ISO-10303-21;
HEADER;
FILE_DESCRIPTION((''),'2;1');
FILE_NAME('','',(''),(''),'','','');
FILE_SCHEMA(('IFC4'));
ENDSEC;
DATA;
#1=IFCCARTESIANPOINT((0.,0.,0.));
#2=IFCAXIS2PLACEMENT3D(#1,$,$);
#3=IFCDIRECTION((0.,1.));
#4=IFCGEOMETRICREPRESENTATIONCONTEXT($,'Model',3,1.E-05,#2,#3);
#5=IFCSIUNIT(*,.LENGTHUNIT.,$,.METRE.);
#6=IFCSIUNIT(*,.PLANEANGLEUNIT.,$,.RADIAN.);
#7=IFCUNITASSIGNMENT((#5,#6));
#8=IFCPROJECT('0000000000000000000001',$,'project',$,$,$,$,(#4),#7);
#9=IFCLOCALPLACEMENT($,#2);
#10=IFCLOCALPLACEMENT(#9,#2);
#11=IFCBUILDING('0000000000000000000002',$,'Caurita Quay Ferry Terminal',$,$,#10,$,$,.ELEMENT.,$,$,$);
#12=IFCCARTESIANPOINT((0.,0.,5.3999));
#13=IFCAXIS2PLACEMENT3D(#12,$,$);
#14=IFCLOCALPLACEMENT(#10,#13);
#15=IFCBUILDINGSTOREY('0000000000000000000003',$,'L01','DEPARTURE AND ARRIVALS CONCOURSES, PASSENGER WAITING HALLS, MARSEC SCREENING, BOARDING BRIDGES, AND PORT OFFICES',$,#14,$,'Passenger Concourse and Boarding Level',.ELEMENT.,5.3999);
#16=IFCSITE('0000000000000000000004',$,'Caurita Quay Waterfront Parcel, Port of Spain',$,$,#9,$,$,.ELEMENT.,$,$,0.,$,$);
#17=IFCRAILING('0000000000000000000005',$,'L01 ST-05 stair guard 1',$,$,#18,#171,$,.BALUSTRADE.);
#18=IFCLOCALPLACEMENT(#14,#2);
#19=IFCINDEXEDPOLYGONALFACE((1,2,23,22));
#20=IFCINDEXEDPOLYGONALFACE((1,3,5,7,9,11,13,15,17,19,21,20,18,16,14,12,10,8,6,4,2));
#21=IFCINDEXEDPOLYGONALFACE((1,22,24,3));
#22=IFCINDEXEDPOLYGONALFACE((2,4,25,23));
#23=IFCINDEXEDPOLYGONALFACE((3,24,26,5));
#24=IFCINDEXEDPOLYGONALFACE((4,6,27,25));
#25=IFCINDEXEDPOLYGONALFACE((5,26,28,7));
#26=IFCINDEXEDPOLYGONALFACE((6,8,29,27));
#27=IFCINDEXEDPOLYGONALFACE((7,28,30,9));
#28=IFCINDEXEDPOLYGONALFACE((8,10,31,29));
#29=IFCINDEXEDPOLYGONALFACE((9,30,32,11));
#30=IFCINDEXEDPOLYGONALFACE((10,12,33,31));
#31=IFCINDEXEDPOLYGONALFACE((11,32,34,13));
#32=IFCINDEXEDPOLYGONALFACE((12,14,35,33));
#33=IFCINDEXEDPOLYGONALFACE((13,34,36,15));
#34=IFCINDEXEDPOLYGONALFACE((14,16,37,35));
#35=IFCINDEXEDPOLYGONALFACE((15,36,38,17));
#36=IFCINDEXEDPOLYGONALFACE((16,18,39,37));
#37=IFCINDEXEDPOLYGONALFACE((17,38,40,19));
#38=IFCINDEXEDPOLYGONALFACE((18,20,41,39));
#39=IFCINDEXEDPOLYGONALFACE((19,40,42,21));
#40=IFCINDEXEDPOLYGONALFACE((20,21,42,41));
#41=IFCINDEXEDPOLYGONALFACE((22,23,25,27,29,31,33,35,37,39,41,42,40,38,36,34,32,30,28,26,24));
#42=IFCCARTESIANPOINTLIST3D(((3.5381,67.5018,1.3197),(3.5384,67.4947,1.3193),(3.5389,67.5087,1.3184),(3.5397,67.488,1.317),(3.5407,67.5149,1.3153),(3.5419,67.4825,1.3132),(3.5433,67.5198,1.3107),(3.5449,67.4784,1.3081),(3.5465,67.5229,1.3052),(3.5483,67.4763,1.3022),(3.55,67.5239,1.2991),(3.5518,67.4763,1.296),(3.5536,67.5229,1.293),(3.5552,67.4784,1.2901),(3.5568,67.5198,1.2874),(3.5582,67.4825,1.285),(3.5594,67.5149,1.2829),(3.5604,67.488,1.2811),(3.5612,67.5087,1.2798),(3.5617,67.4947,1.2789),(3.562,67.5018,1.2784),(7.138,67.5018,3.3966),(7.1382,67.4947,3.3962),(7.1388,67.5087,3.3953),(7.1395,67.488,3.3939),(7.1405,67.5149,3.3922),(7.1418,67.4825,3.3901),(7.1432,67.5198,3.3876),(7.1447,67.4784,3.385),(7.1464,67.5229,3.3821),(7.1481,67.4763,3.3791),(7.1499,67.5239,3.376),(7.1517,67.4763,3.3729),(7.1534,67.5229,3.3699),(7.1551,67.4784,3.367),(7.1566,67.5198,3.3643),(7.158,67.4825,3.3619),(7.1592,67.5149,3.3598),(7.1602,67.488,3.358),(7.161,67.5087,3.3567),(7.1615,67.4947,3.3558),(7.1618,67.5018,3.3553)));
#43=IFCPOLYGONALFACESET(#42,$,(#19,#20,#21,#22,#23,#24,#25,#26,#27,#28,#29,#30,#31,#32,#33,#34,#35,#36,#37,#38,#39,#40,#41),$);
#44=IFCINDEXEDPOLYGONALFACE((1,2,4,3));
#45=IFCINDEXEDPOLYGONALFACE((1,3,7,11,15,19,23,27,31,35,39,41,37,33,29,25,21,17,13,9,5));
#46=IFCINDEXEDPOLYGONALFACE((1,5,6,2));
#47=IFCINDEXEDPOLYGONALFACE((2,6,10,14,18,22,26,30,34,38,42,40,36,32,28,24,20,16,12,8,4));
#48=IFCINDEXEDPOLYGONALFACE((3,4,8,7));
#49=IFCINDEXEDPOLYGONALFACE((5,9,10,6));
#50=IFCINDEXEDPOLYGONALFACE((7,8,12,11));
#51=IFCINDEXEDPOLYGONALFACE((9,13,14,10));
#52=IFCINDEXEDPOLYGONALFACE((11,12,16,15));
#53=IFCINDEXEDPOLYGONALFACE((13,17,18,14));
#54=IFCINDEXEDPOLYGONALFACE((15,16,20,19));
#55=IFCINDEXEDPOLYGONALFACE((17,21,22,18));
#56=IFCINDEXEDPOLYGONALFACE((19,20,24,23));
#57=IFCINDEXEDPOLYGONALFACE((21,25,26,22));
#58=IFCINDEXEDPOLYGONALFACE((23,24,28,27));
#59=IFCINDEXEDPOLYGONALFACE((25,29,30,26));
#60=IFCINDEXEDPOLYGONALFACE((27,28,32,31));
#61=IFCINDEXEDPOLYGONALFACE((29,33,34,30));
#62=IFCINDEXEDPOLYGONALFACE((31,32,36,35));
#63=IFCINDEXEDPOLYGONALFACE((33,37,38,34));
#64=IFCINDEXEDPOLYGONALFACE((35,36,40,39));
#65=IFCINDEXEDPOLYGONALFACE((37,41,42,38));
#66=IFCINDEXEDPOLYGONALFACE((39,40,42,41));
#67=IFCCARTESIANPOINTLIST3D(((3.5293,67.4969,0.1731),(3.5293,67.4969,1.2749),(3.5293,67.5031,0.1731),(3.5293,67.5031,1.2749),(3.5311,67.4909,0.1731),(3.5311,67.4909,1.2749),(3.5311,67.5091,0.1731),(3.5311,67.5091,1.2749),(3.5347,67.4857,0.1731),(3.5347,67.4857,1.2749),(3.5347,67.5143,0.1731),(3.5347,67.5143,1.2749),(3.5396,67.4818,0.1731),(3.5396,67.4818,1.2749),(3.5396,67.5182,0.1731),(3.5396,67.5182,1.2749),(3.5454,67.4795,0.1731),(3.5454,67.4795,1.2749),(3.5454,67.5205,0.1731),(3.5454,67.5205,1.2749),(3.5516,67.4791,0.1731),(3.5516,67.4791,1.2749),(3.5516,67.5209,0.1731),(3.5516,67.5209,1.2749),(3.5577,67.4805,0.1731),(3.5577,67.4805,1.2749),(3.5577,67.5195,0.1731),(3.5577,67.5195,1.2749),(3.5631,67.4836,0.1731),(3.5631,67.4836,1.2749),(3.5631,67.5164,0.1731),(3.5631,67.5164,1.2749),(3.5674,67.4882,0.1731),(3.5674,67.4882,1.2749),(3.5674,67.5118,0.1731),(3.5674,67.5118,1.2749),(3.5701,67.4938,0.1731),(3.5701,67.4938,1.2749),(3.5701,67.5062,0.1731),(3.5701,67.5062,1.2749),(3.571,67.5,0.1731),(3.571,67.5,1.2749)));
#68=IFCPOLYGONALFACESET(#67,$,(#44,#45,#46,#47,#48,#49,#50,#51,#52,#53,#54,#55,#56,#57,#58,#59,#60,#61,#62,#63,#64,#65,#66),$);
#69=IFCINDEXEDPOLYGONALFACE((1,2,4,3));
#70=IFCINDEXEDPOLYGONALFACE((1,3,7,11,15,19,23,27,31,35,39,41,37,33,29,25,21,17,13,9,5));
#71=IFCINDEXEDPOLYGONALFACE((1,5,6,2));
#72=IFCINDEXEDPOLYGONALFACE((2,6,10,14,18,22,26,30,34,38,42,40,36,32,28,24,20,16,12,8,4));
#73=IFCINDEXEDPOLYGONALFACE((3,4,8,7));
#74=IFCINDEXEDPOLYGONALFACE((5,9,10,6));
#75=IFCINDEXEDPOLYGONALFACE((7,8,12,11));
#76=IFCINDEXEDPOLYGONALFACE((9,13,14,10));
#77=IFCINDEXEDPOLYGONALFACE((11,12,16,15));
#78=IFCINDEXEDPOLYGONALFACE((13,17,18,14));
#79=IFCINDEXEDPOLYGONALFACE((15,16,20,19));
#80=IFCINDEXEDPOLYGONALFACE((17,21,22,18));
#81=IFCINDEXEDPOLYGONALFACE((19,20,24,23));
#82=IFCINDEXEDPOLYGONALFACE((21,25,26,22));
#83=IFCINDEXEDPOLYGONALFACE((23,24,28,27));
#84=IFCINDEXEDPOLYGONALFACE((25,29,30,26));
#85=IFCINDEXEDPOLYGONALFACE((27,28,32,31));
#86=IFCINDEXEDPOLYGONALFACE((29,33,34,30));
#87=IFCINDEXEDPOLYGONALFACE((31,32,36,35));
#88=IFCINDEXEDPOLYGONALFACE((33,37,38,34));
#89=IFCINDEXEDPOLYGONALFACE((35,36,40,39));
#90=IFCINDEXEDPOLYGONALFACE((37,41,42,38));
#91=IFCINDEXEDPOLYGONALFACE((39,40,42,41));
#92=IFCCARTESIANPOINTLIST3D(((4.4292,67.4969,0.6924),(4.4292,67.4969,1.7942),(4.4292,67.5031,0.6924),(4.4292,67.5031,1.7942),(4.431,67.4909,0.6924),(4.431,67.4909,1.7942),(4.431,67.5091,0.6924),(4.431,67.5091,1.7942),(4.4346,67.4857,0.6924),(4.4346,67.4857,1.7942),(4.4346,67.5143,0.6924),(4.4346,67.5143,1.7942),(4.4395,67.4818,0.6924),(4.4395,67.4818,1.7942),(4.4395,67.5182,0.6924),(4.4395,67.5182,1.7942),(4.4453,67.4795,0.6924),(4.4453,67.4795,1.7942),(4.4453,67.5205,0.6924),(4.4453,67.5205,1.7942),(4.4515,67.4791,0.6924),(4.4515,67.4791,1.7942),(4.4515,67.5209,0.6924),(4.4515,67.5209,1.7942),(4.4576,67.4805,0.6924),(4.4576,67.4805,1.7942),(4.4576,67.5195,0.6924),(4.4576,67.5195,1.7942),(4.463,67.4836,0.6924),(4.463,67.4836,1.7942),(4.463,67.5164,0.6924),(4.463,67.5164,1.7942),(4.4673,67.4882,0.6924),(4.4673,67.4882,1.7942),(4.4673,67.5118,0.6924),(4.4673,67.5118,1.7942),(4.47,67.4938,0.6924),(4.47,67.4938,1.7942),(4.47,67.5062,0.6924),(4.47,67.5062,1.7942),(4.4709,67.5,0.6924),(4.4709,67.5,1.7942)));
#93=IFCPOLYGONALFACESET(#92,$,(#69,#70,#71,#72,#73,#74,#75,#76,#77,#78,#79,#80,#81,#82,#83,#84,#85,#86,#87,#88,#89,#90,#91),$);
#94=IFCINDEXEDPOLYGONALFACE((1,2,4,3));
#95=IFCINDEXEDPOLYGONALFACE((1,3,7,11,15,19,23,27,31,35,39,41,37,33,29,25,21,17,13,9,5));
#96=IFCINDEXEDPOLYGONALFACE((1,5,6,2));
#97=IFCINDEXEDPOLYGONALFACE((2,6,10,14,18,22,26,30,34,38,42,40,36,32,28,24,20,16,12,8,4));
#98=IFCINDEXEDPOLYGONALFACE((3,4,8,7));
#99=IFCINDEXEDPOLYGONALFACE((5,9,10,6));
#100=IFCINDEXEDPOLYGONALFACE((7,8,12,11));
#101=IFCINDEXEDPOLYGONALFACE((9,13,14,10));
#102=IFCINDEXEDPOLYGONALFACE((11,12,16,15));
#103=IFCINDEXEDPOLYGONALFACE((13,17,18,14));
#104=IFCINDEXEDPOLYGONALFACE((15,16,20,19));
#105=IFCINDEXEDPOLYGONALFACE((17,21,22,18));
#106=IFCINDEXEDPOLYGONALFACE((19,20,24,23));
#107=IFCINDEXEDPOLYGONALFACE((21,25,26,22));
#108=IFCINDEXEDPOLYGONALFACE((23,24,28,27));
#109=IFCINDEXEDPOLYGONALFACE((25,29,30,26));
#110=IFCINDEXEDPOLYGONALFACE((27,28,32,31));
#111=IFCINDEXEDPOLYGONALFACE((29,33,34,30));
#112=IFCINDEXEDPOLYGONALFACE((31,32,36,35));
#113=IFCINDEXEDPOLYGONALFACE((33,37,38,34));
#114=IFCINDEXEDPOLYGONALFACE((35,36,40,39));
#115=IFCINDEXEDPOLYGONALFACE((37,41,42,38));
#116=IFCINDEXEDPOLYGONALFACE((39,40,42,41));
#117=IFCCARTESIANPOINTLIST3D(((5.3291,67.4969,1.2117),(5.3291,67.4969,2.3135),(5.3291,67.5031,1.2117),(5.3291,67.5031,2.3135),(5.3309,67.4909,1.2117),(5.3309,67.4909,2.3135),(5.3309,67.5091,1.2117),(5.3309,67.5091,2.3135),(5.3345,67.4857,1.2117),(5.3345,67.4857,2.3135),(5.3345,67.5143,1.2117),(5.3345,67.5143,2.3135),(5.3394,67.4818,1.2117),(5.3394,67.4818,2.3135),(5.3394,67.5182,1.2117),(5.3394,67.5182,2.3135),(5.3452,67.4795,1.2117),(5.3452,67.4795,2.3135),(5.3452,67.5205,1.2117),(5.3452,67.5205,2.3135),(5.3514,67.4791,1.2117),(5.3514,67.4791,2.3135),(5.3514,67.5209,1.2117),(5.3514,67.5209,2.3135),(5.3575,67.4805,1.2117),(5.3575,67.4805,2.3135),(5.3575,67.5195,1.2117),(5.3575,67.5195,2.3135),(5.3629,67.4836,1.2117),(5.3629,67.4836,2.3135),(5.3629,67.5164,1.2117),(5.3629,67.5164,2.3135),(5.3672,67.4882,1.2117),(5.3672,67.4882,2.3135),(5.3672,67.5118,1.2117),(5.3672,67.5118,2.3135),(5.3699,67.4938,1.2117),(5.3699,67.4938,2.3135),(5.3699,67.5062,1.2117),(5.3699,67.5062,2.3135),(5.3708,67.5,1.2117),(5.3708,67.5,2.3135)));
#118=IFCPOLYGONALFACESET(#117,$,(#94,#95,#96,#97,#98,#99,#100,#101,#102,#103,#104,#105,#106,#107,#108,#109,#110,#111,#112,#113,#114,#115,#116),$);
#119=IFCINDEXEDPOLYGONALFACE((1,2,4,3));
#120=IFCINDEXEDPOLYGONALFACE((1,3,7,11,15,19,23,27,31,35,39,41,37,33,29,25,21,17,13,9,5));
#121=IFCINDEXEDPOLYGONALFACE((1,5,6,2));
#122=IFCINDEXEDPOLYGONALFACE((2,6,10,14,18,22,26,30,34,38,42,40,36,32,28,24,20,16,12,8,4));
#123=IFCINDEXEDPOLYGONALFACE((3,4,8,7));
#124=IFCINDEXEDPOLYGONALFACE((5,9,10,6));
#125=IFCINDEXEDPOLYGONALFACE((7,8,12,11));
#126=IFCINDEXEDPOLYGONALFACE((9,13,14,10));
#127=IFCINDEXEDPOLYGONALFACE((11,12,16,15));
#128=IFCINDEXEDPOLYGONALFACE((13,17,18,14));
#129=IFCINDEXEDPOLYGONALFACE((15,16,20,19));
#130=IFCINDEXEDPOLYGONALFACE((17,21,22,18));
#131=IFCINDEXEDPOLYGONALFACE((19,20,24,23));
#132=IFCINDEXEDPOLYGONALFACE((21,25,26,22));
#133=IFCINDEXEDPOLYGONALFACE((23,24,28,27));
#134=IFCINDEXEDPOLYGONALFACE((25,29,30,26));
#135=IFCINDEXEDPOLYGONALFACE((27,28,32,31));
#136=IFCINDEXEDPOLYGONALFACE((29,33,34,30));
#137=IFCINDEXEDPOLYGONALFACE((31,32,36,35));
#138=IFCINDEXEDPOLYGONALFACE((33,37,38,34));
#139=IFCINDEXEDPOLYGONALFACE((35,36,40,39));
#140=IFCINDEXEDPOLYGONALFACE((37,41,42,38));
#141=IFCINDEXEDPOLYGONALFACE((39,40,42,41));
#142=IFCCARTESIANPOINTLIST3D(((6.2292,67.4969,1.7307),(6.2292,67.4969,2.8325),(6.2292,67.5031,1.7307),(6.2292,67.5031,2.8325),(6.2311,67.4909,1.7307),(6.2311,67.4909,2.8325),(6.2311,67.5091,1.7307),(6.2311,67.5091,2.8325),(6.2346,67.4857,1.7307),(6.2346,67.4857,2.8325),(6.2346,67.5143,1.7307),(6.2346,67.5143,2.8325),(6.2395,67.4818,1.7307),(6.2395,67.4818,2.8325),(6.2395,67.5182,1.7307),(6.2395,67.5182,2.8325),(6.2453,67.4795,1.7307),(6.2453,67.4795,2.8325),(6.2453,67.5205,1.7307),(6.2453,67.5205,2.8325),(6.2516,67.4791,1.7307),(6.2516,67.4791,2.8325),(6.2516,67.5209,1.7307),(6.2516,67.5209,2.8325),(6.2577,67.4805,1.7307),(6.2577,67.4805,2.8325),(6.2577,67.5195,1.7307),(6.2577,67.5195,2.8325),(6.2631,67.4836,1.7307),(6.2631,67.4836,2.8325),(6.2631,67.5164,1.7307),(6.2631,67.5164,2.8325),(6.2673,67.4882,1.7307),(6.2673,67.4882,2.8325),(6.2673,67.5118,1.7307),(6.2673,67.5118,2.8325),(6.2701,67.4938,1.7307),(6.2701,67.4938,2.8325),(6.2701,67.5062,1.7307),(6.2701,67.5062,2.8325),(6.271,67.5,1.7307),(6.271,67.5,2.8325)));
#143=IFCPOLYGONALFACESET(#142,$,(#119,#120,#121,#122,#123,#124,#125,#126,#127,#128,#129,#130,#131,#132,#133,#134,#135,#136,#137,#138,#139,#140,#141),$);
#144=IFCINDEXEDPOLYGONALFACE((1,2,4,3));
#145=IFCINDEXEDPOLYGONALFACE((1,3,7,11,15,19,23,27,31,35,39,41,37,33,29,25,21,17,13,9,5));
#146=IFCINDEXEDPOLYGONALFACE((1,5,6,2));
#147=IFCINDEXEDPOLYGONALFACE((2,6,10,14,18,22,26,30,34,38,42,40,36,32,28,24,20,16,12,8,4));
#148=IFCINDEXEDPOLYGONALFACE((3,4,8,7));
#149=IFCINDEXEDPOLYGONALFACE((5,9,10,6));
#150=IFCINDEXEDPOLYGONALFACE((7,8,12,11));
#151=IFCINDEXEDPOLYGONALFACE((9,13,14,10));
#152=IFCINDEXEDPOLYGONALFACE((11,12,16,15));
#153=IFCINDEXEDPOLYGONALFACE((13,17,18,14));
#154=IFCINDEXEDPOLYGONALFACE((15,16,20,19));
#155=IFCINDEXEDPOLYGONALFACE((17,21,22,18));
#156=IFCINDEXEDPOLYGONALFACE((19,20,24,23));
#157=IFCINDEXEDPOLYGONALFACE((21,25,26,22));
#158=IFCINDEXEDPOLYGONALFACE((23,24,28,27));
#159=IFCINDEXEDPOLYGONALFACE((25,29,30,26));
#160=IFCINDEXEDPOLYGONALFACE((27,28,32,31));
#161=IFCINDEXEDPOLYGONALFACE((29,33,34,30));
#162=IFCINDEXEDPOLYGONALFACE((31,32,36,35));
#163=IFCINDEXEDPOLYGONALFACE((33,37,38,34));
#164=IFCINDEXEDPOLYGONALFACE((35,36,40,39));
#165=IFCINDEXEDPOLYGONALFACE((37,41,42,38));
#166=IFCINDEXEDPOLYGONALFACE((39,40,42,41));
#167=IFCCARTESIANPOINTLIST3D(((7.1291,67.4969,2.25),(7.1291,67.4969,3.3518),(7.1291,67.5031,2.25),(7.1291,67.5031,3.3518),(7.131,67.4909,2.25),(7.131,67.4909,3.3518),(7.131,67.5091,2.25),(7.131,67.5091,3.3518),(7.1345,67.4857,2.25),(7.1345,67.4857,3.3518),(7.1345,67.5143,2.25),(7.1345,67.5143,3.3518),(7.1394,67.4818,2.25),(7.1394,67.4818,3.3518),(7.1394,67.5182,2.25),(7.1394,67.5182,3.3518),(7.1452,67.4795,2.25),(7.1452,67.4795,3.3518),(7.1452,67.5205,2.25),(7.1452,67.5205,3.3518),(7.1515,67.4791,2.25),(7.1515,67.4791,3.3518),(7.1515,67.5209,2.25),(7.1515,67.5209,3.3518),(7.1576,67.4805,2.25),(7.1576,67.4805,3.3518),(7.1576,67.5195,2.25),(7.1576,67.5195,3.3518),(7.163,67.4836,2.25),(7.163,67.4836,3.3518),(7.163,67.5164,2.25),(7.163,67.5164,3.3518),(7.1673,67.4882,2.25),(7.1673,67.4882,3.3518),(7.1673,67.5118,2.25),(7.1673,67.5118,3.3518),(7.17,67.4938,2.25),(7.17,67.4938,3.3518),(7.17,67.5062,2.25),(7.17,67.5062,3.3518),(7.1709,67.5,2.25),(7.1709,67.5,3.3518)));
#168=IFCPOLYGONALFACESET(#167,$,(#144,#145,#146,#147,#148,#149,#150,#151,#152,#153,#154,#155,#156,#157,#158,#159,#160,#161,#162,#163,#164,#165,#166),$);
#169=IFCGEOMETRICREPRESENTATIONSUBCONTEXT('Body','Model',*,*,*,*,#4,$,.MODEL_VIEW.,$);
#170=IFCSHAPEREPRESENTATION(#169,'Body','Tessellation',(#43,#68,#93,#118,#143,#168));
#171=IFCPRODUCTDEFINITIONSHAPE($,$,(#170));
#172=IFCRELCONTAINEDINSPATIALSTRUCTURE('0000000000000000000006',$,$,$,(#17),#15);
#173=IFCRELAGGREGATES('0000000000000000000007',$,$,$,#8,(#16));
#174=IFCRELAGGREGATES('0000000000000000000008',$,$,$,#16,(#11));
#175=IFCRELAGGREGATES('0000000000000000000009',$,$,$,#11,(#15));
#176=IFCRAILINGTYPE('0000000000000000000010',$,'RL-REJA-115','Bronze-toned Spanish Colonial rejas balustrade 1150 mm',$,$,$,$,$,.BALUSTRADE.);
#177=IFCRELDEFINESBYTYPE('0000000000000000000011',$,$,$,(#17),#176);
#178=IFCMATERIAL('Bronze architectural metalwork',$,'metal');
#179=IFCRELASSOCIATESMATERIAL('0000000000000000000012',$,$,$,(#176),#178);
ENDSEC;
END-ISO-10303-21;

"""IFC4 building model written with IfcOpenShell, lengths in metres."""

from ifc_helpers import new_model, si_unit, direction, frame, origin, origin_2d, place, context, subcontext, project, spatial, circle, extrude, material, type_object, element, save


model = new_model("IFC4")

# Units and contexts
model_context = context("Model", 3, precision=1e-05, world=origin(), true_north=direction((0.0, 1.0)))
body_context = subcontext(model_context, "Body", "Model", "MODEL_VIEW")
ifc_project = project(units=[si_unit("LENGTHUNIT", "METRE"), si_unit("PLANEANGLEUNIT", "RADIAN")], contexts=[model_context])

# Site, building, storey
site_placement = place(None, origin())
site = spatial("IfcSite", under=ifc_project, at=site_placement, Name="Caurita Quay Waterfront Parcel, Port of Spain", CompositionType="ELEMENT", RefElevation=0.0)
building_placement = place(site_placement, origin())
building = spatial("IfcBuilding", under=site, at=building_placement, Name="Caurita Quay Ferry Terminal", CompositionType="ELEMENT")
storey_placement = place(building_placement, frame((0.0, 0.0, 5.3999)))
storey = spatial("IfcBuildingStorey", under=building, at=storey_placement, Name="L01", Description="DEPARTURE AND ARRIVALS CONCOURSES, PASSENGER WAITING HALLS, MARSEC SCREENING, BOARDING BRIDGES, AND PORT OFFICES", LongName="Passenger Concourse and Boarding Level", CompositionType="ELEMENT", Elevation=5.3999)

# Railing
ifc_material_1 = material(Name="Bronze architectural metalwork", Category="metal")
railing_type_1 = type_object("IfcRailingType", Name="RL-REJA-115", Description="Bronze-toned Spanish Colonial rejas balustrade 1150 mm", PredefinedType="BALUSTRADE", material=ifc_material_1)
railing_1_placement = place(storey_placement, frame((3.55, 67.5, 0.1731)))
element("IfcRailing", 1, at=railing_1_placement, inside=storey, type_object=railing_type_1, Name="L01 ST-05 stair guard 1", PredefinedType="BALUSTRADE", context=body_context, shape_type="SweptSolid", body=[
    extrude(circle(Radius=0.0239, at=origin_2d()), frame((0.0, 0.0, 1.126), z_axis=(0.866179, 0.0, 0.499734), x_axis=(0.0, 1.0, 0.0)), (0.0, 0.0, 1.0), 4.156),
    extrude(circle(Radius=0.021, at=origin_2d()), origin(), (0.0, 0.0, 1.0), 1.1018),
    extrude(circle(Radius=0.021, at=origin_2d()), frame((0.8999, 0.0, 0.5193)), (0.0, 0.0, 1.0), 1.1018),
    extrude(circle(Radius=0.021, at=origin_2d()), frame((1.7998, 0.0, 1.0386)), (0.0, 0.0, 1.0), 1.1018),
    extrude(circle(Radius=0.021, at=origin_2d()), frame((2.7, 0.0, 1.5576)), (0.0, 0.0, 1.0), 1.1018),
    extrude(circle(Radius=0.021, at=origin_2d()), frame((3.5999, 0.0, 2.0769)), (0.0, 0.0, 1.0), 1.1018),
])

save(model, "model.ifc")
